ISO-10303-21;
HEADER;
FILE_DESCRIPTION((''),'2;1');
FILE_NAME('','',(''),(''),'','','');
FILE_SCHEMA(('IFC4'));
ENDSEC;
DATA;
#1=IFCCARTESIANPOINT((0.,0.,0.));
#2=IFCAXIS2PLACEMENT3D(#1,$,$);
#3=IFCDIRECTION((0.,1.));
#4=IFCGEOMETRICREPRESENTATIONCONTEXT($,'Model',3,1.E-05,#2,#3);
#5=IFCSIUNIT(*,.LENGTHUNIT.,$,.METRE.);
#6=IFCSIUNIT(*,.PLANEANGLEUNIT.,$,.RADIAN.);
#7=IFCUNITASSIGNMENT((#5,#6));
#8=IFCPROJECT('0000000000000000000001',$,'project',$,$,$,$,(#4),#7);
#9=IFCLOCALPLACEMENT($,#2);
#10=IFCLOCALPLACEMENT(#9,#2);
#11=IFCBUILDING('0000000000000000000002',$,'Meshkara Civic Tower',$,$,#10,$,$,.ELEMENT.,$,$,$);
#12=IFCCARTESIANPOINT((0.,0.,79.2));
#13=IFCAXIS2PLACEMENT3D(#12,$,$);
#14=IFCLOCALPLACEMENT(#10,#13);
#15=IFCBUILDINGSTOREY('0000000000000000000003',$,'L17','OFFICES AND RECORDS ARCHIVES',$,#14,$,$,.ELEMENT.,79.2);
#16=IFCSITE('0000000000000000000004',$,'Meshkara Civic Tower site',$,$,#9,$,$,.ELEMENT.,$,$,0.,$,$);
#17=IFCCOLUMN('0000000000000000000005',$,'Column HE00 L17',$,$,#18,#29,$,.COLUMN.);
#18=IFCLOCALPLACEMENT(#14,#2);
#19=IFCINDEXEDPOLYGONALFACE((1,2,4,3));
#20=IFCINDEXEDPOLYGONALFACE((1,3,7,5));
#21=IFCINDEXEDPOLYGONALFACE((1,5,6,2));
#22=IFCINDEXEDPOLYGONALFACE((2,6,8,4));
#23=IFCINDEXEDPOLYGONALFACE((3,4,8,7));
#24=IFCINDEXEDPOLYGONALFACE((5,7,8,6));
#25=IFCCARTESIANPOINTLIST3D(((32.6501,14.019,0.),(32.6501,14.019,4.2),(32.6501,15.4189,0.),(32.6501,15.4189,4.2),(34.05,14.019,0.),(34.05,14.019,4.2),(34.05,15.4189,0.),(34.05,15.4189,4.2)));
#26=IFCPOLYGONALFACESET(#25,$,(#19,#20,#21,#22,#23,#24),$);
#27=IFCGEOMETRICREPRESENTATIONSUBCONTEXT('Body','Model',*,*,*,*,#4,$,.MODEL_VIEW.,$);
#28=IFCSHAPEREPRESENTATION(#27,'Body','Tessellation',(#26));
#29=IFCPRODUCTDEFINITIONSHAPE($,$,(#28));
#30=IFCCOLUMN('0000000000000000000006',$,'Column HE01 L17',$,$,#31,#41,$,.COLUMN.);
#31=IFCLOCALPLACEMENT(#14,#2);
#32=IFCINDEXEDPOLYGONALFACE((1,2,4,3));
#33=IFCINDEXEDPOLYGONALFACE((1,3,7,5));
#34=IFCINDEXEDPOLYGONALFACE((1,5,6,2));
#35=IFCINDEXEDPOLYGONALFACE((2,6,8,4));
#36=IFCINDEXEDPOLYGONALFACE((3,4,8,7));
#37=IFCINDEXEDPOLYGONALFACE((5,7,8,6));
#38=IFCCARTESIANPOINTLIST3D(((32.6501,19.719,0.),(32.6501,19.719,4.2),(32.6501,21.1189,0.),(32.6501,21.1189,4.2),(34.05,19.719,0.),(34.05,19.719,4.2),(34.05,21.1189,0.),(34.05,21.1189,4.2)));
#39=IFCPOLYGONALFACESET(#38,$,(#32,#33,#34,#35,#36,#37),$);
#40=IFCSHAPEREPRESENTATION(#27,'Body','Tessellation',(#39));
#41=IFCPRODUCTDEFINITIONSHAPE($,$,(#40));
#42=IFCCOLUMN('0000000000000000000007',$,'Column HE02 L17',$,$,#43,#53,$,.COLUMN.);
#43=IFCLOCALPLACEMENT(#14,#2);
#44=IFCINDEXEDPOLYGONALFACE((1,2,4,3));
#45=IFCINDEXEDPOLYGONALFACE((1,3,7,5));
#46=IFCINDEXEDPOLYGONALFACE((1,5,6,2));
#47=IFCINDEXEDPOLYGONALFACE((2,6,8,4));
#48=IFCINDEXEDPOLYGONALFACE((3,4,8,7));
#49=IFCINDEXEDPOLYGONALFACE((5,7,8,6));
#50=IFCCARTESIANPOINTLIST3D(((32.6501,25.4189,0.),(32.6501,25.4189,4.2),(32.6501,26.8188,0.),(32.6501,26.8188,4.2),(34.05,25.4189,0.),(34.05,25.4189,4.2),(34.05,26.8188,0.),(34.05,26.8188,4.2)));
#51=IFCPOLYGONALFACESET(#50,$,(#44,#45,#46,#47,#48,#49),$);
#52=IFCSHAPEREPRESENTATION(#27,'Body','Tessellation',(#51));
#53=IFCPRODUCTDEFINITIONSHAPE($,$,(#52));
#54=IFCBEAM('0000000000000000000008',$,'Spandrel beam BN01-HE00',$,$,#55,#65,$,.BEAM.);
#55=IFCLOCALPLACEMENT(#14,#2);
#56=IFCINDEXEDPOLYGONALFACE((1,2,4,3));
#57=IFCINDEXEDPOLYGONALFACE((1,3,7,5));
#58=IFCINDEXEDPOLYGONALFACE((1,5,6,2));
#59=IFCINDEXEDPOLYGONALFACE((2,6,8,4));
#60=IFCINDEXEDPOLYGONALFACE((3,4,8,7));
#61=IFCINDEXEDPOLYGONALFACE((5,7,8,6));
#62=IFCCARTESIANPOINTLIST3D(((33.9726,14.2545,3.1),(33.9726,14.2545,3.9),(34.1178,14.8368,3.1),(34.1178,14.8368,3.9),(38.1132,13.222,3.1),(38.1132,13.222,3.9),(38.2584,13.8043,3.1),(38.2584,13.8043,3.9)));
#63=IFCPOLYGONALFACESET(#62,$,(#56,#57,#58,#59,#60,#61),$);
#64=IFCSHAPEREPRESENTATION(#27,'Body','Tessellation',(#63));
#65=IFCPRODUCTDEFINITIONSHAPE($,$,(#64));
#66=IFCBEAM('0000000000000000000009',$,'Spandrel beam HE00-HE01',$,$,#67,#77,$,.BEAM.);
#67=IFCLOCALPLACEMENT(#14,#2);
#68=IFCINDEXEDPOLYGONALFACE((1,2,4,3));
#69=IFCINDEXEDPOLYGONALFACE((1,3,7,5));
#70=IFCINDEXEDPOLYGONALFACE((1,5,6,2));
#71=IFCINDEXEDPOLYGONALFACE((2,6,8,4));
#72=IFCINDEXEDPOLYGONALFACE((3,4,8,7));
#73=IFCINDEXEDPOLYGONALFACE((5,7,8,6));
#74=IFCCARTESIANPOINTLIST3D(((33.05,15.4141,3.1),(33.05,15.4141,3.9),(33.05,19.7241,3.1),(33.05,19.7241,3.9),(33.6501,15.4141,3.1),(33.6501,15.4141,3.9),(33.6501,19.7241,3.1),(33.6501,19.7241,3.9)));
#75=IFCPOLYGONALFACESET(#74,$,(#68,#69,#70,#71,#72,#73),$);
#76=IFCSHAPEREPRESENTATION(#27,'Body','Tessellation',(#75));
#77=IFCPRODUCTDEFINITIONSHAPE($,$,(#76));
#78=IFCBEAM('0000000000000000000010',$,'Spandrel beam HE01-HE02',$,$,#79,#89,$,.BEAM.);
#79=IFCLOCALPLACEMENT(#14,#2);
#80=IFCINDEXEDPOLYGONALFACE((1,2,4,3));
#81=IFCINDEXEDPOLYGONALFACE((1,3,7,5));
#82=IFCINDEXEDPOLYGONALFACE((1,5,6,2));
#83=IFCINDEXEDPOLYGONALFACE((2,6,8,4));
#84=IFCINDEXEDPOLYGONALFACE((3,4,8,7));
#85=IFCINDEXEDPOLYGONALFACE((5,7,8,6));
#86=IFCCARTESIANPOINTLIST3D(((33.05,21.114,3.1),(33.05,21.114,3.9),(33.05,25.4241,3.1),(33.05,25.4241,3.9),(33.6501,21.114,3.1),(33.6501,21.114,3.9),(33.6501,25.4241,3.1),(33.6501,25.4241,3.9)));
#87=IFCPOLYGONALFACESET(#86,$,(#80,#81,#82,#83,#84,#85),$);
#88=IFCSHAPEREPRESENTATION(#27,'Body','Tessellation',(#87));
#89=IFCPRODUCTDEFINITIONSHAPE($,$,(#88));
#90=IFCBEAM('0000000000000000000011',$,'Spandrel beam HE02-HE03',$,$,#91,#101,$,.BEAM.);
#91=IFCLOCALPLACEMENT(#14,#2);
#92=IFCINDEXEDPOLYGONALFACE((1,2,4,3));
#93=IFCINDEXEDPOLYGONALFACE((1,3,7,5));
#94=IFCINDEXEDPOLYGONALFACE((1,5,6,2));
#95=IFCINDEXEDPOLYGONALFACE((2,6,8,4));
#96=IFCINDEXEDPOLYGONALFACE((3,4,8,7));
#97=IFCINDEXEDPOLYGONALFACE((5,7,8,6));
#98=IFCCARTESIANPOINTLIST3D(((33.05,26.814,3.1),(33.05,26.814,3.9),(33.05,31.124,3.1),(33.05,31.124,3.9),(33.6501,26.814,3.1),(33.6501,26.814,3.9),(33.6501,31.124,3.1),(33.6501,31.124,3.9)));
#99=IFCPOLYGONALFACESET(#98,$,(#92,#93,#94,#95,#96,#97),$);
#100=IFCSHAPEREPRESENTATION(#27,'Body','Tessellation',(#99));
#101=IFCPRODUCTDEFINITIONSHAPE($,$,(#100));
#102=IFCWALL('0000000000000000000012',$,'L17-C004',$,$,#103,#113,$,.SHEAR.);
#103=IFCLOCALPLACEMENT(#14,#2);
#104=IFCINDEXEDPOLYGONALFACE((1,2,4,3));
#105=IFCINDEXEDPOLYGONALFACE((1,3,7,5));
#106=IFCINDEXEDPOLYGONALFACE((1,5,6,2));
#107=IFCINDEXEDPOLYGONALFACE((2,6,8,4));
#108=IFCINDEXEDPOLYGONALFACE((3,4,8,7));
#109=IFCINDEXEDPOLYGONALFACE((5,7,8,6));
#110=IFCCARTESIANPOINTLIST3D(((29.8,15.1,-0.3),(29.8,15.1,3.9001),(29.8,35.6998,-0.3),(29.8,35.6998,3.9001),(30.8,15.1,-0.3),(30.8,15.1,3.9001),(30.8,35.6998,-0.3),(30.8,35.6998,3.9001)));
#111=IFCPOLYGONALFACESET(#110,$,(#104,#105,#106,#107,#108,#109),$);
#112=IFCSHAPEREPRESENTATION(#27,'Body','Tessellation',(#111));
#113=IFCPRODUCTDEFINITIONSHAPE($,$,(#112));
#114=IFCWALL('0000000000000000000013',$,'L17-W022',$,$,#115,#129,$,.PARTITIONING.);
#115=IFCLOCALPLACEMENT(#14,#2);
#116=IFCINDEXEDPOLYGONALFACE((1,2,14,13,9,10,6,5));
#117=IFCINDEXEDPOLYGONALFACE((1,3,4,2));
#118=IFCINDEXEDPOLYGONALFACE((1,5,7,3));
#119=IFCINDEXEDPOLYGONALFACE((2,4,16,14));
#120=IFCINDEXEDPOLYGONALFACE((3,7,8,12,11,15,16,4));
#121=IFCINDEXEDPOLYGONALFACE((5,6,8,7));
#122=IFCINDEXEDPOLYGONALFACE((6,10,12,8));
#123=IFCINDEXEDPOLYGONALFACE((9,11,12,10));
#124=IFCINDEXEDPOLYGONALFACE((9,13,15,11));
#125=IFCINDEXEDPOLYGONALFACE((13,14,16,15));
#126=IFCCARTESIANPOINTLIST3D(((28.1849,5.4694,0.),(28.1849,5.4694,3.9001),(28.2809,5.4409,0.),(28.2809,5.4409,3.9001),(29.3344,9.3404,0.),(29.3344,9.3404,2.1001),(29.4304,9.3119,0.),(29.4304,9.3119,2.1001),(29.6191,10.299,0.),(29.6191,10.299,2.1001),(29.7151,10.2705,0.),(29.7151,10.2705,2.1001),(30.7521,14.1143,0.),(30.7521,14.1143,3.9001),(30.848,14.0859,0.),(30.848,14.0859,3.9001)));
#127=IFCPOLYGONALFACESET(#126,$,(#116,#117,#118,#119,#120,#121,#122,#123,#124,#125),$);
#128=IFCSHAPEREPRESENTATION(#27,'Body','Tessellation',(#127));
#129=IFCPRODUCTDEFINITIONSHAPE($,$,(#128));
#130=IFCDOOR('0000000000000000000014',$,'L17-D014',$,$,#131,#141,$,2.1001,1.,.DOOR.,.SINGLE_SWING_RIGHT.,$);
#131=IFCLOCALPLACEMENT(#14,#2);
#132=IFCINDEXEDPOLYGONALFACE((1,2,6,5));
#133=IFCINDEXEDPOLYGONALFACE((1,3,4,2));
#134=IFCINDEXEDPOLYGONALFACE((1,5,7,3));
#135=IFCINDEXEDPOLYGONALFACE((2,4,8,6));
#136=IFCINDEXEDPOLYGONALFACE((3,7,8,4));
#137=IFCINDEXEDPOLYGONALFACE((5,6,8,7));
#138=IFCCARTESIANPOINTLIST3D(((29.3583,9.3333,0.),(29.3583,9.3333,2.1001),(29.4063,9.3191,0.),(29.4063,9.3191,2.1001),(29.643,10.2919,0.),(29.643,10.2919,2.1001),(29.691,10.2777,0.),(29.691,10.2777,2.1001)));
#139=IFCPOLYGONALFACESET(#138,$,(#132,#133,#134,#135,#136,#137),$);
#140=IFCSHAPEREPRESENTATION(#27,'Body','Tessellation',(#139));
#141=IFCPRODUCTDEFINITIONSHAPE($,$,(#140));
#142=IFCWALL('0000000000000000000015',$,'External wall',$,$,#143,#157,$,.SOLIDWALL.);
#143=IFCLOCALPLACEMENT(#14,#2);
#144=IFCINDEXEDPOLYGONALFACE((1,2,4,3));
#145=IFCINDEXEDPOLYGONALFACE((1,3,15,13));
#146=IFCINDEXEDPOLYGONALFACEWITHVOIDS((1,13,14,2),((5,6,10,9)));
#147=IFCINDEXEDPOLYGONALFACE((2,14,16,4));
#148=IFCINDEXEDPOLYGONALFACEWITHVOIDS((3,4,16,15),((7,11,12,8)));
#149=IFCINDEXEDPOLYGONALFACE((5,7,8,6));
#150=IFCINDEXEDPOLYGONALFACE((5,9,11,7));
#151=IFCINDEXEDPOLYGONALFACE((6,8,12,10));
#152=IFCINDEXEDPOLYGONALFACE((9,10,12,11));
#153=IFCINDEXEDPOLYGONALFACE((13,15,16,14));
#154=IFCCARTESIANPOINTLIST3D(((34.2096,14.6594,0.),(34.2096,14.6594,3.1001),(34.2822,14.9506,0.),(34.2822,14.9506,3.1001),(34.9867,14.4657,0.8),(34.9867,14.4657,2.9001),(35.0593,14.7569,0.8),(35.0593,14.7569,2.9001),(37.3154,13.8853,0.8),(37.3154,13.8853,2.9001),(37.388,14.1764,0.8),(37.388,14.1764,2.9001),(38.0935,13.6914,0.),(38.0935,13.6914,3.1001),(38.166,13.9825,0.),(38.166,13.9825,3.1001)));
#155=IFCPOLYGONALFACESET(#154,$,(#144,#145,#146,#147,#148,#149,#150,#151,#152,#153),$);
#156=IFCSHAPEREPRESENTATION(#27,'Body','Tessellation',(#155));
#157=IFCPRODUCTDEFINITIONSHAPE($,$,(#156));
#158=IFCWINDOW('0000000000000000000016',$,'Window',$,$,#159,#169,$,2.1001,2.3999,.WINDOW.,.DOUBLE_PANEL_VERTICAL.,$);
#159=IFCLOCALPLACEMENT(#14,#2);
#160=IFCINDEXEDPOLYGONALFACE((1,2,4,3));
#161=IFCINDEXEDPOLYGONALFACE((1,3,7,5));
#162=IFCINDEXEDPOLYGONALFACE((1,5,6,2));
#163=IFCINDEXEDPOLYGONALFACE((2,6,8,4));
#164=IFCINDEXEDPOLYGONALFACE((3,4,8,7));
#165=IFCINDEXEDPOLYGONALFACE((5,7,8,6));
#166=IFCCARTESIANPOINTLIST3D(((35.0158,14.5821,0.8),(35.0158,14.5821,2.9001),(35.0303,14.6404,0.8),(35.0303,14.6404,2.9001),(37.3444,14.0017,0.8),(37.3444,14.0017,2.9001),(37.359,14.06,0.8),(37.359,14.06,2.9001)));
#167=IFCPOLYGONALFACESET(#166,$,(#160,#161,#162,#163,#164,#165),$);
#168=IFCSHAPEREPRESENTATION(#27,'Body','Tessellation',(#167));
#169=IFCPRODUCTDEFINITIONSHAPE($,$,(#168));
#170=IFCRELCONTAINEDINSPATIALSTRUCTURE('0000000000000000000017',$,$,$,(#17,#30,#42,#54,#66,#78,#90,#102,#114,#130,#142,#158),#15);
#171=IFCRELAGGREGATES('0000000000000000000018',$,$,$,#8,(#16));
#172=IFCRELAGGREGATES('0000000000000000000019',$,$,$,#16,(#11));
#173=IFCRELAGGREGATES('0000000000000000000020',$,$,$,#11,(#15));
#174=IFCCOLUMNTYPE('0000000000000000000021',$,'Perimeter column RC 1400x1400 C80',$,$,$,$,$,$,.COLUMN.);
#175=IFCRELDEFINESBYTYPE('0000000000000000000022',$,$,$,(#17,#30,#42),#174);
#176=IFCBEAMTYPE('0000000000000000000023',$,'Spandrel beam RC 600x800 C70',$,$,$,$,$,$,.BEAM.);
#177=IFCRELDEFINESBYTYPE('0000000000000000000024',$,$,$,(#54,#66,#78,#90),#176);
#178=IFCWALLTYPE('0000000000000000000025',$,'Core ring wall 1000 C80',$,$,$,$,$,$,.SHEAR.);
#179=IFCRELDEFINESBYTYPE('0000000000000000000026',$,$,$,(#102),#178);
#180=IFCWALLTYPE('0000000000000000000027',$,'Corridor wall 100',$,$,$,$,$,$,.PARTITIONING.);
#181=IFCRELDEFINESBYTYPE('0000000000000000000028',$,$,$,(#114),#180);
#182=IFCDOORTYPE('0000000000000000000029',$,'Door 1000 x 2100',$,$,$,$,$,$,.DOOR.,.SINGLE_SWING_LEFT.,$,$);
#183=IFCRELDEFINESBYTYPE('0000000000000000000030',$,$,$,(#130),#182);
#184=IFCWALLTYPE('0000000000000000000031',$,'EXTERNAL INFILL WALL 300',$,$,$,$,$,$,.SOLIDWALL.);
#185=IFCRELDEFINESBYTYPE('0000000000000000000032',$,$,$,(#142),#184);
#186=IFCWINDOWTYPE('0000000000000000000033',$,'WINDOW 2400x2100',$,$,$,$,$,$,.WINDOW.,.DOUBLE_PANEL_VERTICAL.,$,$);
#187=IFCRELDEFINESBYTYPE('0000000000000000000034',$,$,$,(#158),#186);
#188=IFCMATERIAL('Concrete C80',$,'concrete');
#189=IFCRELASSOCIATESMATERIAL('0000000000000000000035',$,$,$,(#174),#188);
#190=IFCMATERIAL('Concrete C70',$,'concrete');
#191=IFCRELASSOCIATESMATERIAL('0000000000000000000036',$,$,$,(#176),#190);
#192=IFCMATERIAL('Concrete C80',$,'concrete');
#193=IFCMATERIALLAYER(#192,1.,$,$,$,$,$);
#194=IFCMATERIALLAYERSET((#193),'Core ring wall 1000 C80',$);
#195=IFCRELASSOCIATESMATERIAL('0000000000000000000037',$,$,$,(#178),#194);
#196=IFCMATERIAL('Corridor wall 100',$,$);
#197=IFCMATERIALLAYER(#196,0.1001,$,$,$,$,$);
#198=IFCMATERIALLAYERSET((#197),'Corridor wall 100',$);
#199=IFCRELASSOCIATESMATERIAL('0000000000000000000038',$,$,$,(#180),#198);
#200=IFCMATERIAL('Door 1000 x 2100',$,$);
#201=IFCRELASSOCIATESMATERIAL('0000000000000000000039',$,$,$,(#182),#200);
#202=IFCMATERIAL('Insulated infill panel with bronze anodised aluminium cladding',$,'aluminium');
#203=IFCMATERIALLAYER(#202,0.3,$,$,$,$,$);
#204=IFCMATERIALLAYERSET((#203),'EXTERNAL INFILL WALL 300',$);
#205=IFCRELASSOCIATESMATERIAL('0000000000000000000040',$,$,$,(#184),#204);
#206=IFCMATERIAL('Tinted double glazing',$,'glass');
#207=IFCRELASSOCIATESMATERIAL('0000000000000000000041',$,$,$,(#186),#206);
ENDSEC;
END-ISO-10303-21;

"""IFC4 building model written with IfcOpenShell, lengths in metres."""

from ifc_helpers import new_model, si_unit, direction, frame, frame_2d, origin, origin_2d, place, context, subcontext, project, spatial, rectangle, extrude, material, layer, layer_set, material_profile, profile_set, type_object, element, fill, save


model = new_model("IFC4")

# Units and contexts
model_context = context("Model", 3, precision=1e-05, world=origin(), true_north=direction((0.0, 1.0)))
body_context = subcontext(model_context, "Body", "Model", "MODEL_VIEW")
ifc_project = project(units=[si_unit("LENGTHUNIT", "METRE"), si_unit("PLANEANGLEUNIT", "RADIAN")], contexts=[model_context])

# Site, building, storey
site_placement = place(None, origin())
site = spatial("IfcSite", under=ifc_project, at=site_placement, Name="Meshkara Civic Tower site", CompositionType="ELEMENT", RefElevation=0.0)
building_placement = place(site_placement, origin())
building = spatial("IfcBuilding", under=site, at=building_placement, Name="Meshkara Civic Tower", CompositionType="ELEMENT")
storey_placement = place(building_placement, frame((0.0, 0.0, 79.2)))
storey = spatial("IfcBuildingStorey", under=building, at=storey_placement, Name="L17", Description="OFFICES AND RECORDS ARCHIVES", CompositionType="ELEMENT", Elevation=79.2)

# Columns
ifc_material_1 = material(Name="Concrete C80", Category="concrete")
ifc_material_profile_1 = material_profile(ifc_material_1, rectangle(XDim=1.3999, YDim=1.3999, at=origin_2d()))
ifc_profile_set_1 = profile_set([ifc_material_profile_1], Name="Concrete C80")
column_type = type_object("IfcColumnType", Name="Perimeter column RC 1400x1400 C80", PredefinedType="COLUMN", material=ifc_profile_set_1)
for number, where, z_axis, x_axis, name in (
    (1, (33.3501, 14.719, 0.0), (0.0, 0.0, 1.0), (1.0, 0.0, 0.0), "Column HE00 L17"),
    (2, (33.3501, 20.4189, 0.0), (0.0, 0.0, 1.0), (1.0, 0.0, 0.0), "Column HE01 L17"),
    (3, (33.3501, 26.1189, 0.0), (0.0, 0.0, 1.0), (1.0, 0.0, 0.0), "Column HE02 L17"),
):
    element("IfcColumn", number, at=place(storey_placement, frame(where, z_axis=z_axis, x_axis=x_axis)), inside=storey, type_object=column_type, Name=name, PredefinedType="COLUMN", context=body_context, shape_type="SweptSolid", body=[
        extrude(rectangle(XDim=1.3999, YDim=1.3999, at=origin_2d()), origin(), (0.0, 0.0, 1.0), 4.2),
    ])

# Beams
ifc_material_2 = material(Name="Concrete C70", Category="concrete")
ifc_material_profile_2 = material_profile(ifc_material_2, rectangle(XDim=0.6001, YDim=0.8, at=origin_2d()))
ifc_profile_set_2 = profile_set([ifc_material_profile_2], Name="Concrete C70")
beam_type = type_object("IfcBeamType", Name="Spandrel beam RC 600x800 C70", PredefinedType="BEAM", material=ifc_profile_set_2)
beam_placement = place(storey_placement, frame((38.1858, 13.5132, 3.5), z_axis=(-0.97029, 0.241943, 0.0), x_axis=(-0.241943, -0.97029, 0.0)))
element("IfcBeam", 4, at=beam_placement, inside=storey, type_object=beam_type, Name="Spandrel beam BN01-HE00", PredefinedType="BEAM", context=body_context, shape_type="SweptSolid", body=[
    extrude(rectangle(XDim=0.6001, YDim=0.8, at=origin_2d()), origin(), (0.0, 0.0, 1.0), 4.2673),
])
for number, where, z_axis, x_axis, name in (
    (5, (33.3501, 15.4141, 3.5), (0.0, 1.0, 0.0), (-1.0, 0.0, 0.0), "Spandrel beam HE00-HE01"),
    (6, (33.3501, 21.114, 3.5), (0.0, 1.0, 0.0), (-1.0, 0.0, 0.0), "Spandrel beam HE01-HE02"),
    (7, (33.3501, 26.814, 3.5), (0.0, 1.0, 0.0), (-1.0, 0.0, 0.0), "Spandrel beam HE02-HE03"),
):
    element("IfcBeam", number, at=place(storey_placement, frame(where, z_axis=z_axis, x_axis=x_axis)), inside=storey, type_object=beam_type, Name=name, PredefinedType="BEAM", context=body_context, shape_type="SweptSolid", body=[
        extrude(rectangle(XDim=0.6001, YDim=0.8, at=origin_2d()), origin(), (0.0, 0.0, 1.0), 4.3101),
    ])

# Wall
ifc_material_3 = material(Name="Concrete C80", Category="concrete")
ifc_layer_1 = layer(ifc_material_3, 1.0)
ifc_layer_set_1 = layer_set([ifc_layer_1], Name="Core ring wall 1000 C80")
wall_type_1 = type_object("IfcWallType", Name="Core ring wall 1000 C80", PredefinedType="SHEAR", material=ifc_layer_set_1)
wall_1_placement = place(storey_placement, frame((30.3, 15.1001, -0.3), z_axis=(0.0, 0.0, 1.0), x_axis=(0.0, 1.0, 0.0)))
element("IfcWall", 8, at=wall_1_placement, inside=storey, type_object=wall_type_1, Name="L17-C004", PredefinedType="SHEAR", context=body_context, shape_type="SweptSolid", body=[
    extrude(rectangle(XDim=20.5999, YDim=1.0, at=frame_2d((10.2998, 0.0))), origin(), (0.0, 0.0, 1.0), 4.2002),
])

# Wall, opening, door
ifc_material_4 = material(Name="Corridor wall 100")
ifc_layer_2 = layer(ifc_material_4, 0.1001)
ifc_layer_set_2 = layer_set([ifc_layer_2], Name="Corridor wall 100")
wall_type_2 = type_object("IfcWallType", Name="Corridor wall 100", PredefinedType="PARTITIONING", material=ifc_layer_set_2)
wall_2_placement = place(storey_placement, frame((30.8, 14.1001, 0.0), z_axis=(0.0, 0.0, 1.0), x_axis=(-0.284664, -0.958627, 0.0)))
wall_2 = element("IfcWall", 9, at=wall_2_placement, inside=storey, type_object=wall_type_2, Name="L17-W022", PredefinedType="PARTITIONING", context=body_context, shape_type="SweptSolid", body=[
    extrude(rectangle(XDim=9.0181, YDim=0.1001, at=frame_2d((4.509, 0.0))), origin(), (0.0, 0.0, 1.0), 3.9001),
])
opening_1_placement = place(wall_2_placement, frame((3.98, 0.0, 0.0)))
opening_1 = element("IfcOpeningElement", 10, at=opening_1_placement, cuts=wall_2, PredefinedType="OPENING", context=body_context, shape_type="SweptSolid", body=[
    extrude(rectangle(XDim=1.0, YDim=2.1001, at=frame_2d((0.5, 1.05))), frame((0.0, 0.0601, 0.0), z_axis=(0.0, -1.0, 0.0), x_axis=(1.0, 0.0, 0.0)), (0.0, 0.0, 1.0), 0.1201),
])
ifc_material_5 = material(Name="Door 1000 x 2100")
door_type_1 = type_object("IfcDoorType", Name="Door 1000 x 2100", OperationType="SINGLE_SWING_LEFT", PredefinedType="DOOR", material=ifc_material_5)
door_1_placement = place(opening_1_placement, origin())
door_1 = element("IfcDoor", 11, at=door_1_placement, inside=storey, type_object=door_type_1, Name="L17-D014", OperationType="SINGLE_SWING_RIGHT", OverallHeight=2.1001, OverallWidth=1.0, PredefinedType="DOOR", context=body_context, shape_type="SweptSolid", body=[
    extrude(rectangle(XDim=1.0, YDim=2.1001, at=frame_2d((0.5, 1.05))), frame((0.0, 0.0249, 0.0), z_axis=(0.0, -1.0, 0.0), x_axis=(1.0, 0.0, 0.0)), (0.0, 0.0, 1.0), 0.05),
])
fill(opening_1, door_1)

# Wall, opening, window
ifc_material_6 = material(Name="Insulated infill panel with bronze anodised aluminium cladding", Category="aluminium")
ifc_layer_3 = layer(ifc_material_6, 0.3)
ifc_layer_set_3 = layer_set([ifc_layer_3], Name="EXTERNAL INFILL WALL 300")
wall_type_3 = type_object("IfcWallType", Name="EXTERNAL INFILL WALL 300", PredefinedType="SOLIDWALL", material=ifc_layer_set_3)
wall_3_placement = place(storey_placement, frame((38.1299, 13.8369, 0.0), z_axis=(0.0, 0.0, 1.0), x_axis=(-0.970314, 0.241847, 0.0)))
wall_3 = element("IfcWall", 12, at=wall_3_placement, inside=storey, type_object=wall_type_3, Name="External wall", PredefinedType="SOLIDWALL", context=body_context, shape_type="SweptSolid", body=[
    extrude(rectangle(XDim=4.0027, YDim=0.3, at=frame_2d((2.0015, 0.0))), origin(), (0.0, 0.0, 1.0), 3.1001),
])
opening_2_placement = place(wall_3_placement, frame((0.802, 0.0, 0.8)))
opening_2 = element("IfcOpeningElement", 13, at=opening_2_placement, cuts=wall_3, PredefinedType="OPENING", context=body_context, shape_type="SweptSolid", body=[
    extrude(rectangle(XDim=2.3999, YDim=2.1001, at=frame_2d((1.2, 1.05))), frame((0.0, 0.1599, 0.0), z_axis=(0.0, -1.0, 0.0), x_axis=(1.0, 0.0, 0.0)), (0.0, 0.0, 1.0), 0.3201),
])
ifc_material_7 = material(Name="Tinted double glazing", Category="glass")
window_type = type_object("IfcWindowType", Name="WINDOW 2400x2100", PartitioningType="DOUBLE_PANEL_VERTICAL", PredefinedType="WINDOW", material=ifc_material_7)
window_1_placement = place(opening_2_placement, origin())
window_1 = element("IfcWindow", 14, at=window_1_placement, inside=storey, type_object=window_type, Name="Window", OverallHeight=2.1001, OverallWidth=2.3999, PartitioningType="DOUBLE_PANEL_VERTICAL", PredefinedType="WINDOW", context=body_context, shape_type="SweptSolid", body=[
    extrude(rectangle(XDim=2.3999, YDim=2.1001, at=frame_2d((1.2, 1.05))), frame((0.0, 0.03, 0.0), z_axis=(0.0, -1.0, 0.0), x_axis=(1.0, 0.0, 0.0)), (0.0, 0.0, 1.0), 0.0601),
])
fill(opening_2, window_1)

save(model, "model.ifc")
